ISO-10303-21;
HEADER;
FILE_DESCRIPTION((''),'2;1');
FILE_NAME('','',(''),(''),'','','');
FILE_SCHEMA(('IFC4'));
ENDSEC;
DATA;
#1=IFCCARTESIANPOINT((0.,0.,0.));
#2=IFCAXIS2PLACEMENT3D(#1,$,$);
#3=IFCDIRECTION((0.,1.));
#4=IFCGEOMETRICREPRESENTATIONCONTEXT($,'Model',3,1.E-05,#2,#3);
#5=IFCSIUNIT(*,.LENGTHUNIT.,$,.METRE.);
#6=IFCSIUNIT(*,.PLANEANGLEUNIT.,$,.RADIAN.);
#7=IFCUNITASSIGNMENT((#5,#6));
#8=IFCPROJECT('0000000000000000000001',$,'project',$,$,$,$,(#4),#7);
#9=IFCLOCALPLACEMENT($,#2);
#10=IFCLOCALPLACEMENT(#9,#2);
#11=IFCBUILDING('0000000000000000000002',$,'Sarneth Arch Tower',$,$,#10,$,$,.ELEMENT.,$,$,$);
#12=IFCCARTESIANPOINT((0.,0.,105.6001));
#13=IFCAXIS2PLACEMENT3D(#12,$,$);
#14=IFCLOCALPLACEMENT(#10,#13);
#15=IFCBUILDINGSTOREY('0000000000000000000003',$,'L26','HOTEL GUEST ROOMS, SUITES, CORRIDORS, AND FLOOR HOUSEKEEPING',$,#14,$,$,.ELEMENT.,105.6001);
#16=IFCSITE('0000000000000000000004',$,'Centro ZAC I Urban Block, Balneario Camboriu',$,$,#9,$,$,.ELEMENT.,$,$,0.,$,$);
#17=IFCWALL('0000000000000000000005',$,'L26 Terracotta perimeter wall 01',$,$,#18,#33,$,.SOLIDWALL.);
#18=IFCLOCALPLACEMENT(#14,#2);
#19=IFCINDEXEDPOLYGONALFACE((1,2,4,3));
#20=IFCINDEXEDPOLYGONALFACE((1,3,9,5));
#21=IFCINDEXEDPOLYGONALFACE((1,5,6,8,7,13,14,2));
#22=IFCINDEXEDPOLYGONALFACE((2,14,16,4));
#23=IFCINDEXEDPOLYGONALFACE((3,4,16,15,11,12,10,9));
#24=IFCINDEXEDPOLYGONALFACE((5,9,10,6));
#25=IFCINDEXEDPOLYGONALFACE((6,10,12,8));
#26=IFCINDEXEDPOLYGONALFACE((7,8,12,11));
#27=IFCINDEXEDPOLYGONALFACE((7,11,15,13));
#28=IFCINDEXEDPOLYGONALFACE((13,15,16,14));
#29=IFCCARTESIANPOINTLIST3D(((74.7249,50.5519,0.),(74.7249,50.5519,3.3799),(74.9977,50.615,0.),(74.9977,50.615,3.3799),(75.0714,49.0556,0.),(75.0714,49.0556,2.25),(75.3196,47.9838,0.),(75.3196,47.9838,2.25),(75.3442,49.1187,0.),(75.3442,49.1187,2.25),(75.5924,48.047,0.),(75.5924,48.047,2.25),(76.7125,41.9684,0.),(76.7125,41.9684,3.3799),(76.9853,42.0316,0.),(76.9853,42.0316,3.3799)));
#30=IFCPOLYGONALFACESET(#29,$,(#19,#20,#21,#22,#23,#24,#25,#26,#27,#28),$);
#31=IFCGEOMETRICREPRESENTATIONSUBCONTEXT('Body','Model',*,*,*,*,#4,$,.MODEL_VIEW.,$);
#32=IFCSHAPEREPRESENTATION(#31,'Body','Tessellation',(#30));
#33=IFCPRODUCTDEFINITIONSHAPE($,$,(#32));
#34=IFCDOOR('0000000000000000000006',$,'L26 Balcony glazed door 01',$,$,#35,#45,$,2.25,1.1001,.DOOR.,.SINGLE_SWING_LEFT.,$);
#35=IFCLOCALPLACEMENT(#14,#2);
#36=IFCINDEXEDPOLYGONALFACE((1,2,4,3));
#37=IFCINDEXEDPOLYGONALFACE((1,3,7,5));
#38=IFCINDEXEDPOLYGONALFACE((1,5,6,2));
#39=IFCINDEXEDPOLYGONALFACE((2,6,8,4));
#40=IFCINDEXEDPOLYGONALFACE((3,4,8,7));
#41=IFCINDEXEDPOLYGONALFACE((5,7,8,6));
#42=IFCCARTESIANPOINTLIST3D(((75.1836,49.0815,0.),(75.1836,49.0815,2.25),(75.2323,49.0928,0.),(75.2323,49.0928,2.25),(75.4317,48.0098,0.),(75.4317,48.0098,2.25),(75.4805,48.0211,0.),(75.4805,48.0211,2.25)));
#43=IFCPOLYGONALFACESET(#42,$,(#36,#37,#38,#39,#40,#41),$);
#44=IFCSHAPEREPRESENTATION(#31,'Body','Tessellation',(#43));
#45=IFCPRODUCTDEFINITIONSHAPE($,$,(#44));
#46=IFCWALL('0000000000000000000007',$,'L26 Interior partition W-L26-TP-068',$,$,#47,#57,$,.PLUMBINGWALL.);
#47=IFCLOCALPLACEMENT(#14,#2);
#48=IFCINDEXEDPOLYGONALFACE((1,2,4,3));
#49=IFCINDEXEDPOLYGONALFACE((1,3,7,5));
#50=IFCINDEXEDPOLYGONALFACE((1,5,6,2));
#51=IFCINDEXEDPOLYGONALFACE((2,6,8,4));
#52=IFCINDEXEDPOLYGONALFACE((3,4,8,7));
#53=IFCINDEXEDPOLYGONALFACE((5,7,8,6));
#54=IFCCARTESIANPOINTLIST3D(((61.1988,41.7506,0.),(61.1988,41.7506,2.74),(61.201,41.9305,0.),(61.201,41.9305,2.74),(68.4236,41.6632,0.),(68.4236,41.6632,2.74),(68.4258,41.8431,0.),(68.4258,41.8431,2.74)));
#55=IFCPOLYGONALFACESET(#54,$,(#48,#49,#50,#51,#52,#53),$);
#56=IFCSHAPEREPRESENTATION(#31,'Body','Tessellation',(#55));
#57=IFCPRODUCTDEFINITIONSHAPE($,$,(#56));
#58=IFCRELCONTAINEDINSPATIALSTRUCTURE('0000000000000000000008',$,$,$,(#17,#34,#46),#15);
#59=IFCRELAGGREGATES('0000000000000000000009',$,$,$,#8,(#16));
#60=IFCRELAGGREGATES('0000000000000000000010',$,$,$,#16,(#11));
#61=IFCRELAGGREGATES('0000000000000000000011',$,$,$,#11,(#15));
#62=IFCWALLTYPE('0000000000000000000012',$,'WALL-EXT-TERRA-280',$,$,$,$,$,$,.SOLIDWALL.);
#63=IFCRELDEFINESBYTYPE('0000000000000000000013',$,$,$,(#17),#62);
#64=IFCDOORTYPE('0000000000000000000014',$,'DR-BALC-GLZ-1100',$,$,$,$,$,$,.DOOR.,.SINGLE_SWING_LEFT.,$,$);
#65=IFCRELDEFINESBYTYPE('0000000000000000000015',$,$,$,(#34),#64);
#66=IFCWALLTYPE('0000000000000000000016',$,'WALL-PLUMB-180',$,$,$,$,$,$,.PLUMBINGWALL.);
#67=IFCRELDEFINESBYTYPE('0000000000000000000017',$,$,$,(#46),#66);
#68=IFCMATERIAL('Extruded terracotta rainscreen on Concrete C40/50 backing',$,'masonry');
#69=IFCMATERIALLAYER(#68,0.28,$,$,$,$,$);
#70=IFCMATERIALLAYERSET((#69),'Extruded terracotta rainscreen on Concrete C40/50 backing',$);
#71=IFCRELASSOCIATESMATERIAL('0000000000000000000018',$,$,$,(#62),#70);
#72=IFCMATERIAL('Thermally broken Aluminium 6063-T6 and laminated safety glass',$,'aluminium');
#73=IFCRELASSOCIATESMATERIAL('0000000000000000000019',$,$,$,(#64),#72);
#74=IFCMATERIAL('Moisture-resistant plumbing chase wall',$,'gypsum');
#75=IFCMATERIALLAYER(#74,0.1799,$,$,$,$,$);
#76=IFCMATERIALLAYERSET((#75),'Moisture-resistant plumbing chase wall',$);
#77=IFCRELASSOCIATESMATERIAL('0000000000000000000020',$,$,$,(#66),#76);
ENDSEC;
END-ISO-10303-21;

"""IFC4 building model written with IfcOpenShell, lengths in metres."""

from ifc_helpers import new_model, si_unit, direction, frame, frame_2d, origin, place, context, subcontext, project, spatial, rectangle, extrude, material, layer, layer_set, type_object, element, fill, save


model = new_model("IFC4")

# Units and contexts
model_context = context("Model", 3, precision=1e-05, world=origin(), true_north=direction((0.0, 1.0)))
body_context = subcontext(model_context, "Body", "Model", "MODEL_VIEW")
ifc_project = project(units=[si_unit("LENGTHUNIT", "METRE"), si_unit("PLANEANGLEUNIT", "RADIAN")], contexts=[model_context])

# Site, building, storey
site_placement = place(None, origin())
site = spatial("IfcSite", under=ifc_project, at=site_placement, Name="Centro ZAC I Urban Block, Balneario Camboriu", CompositionType="ELEMENT", RefElevation=0.0)
building_placement = place(site_placement, origin())
building = spatial("IfcBuilding", under=site, at=building_placement, Name="Sarneth Arch Tower", CompositionType="ELEMENT")
storey_placement = place(building_placement, frame((0.0, 0.0, 105.6001)))
storey = spatial("IfcBuildingStorey", under=building, at=storey_placement, Name="L26", Description="HOTEL GUEST ROOMS, SUITES, CORRIDORS, AND FLOOR HOUSEKEEPING", CompositionType="ELEMENT", Elevation=105.6001)

# Wall, opening, door
ifc_material_1 = material(Name="Extruded terracotta rainscreen on Concrete C40/50 backing", Category="masonry")
ifc_layer_1 = layer(ifc_material_1, 0.28)
ifc_layer_set_1 = layer_set([ifc_layer_1], Name="Extruded terracotta rainscreen on Concrete C40/50 backing")
wall_type_1 = type_object("IfcWallType", Name="WALL-EXT-TERRA-280", PredefinedType="SOLIDWALL", material=ifc_layer_set_1)
wall_1_placement = place(storey_placement, frame((76.8489, 42.0, 0.0), z_axis=(0.0, 0.0, 1.0), x_axis=(-0.225586, 0.974223, 0.0)))
wall_1 = element("IfcWall", 1, at=wall_1_placement, inside=storey, type_object=wall_type_1, Name="L26 Terracotta perimeter wall 01", PredefinedType="SOLIDWALL", context=body_context, shape_type="SweptSolid", body=[
    extrude(rectangle(XDim=8.8105, YDim=0.28, at=frame_2d((4.4053, 0.0))), origin(), (0.0, 0.0, 1.0), 3.3799),
])
opening_placement = place(wall_1_placement, frame((6.1746, 0.0, 0.0)))
opening = element("IfcOpeningElement", 2, at=opening_placement, cuts=wall_1, PredefinedType="OPENING", context=body_context, shape_type="SweptSolid", body=[
    extrude(rectangle(XDim=1.1001, YDim=2.25, at=frame_2d((0.55, 1.125))), frame((0.0, 0.1499, 0.0), z_axis=(0.0, -1.0, 0.0), x_axis=(1.0, 0.0, 0.0)), (0.0, 0.0, 1.0), 0.3),
])
ifc_material_2 = material(Name="Thermally broken Aluminium 6063-T6 and laminated safety glass", Category="aluminium")
door_type = type_object("IfcDoorType", Name="DR-BALC-GLZ-1100", OperationType="SINGLE_SWING_LEFT", PredefinedType="DOOR", material=ifc_material_2)
door_placement = place(opening_placement, origin())
door = element("IfcDoor", 3, at=door_placement, inside=storey, type_object=door_type, Name="L26 Balcony glazed door 01", OperationType="SINGLE_SWING_LEFT", OverallHeight=2.25, OverallWidth=1.1001, PredefinedType="DOOR", context=body_context, shape_type="SweptSolid", body=[
    extrude(rectangle(XDim=1.1001, YDim=2.25, at=frame_2d((0.55, 1.125))), frame((0.0, 0.0249, 0.0), z_axis=(0.0, -1.0, 0.0), x_axis=(1.0, 0.0, 0.0)), (0.0, 0.0, 1.0), 0.05),
])
fill(opening, door)

# Wall
ifc_material_3 = material(Name="Moisture-resistant plumbing chase wall", Category="gypsum")
ifc_layer_2 = layer(ifc_material_3, 0.1799)
ifc_layer_set_2 = layer_set([ifc_layer_2], Name="Moisture-resistant plumbing chase wall")
wall_type_2 = type_object("IfcWallType", Name="WALL-PLUMB-180", PredefinedType="PLUMBINGWALL", material=ifc_layer_set_2)
wall_2_placement = place(storey_placement, frame((68.4248, 41.7532, 0.0), z_axis=(0.0, 0.0, 1.0), x_axis=(-0.999927, 0.012097, 0.0)))
element("IfcWall", 4, at=wall_2_placement, inside=storey, type_object=wall_type_2, Name="L26 Interior partition W-L26-TP-068", PredefinedType="PLUMBINGWALL", context=body_context, shape_type="SweptSolid", body=[
    extrude(rectangle(XDim=7.2253, YDim=0.1799, at=frame_2d((3.6128, 0.0))), origin(), (0.0, 0.0, 1.0), 2.74),
])

save(model, "model.ifc")
